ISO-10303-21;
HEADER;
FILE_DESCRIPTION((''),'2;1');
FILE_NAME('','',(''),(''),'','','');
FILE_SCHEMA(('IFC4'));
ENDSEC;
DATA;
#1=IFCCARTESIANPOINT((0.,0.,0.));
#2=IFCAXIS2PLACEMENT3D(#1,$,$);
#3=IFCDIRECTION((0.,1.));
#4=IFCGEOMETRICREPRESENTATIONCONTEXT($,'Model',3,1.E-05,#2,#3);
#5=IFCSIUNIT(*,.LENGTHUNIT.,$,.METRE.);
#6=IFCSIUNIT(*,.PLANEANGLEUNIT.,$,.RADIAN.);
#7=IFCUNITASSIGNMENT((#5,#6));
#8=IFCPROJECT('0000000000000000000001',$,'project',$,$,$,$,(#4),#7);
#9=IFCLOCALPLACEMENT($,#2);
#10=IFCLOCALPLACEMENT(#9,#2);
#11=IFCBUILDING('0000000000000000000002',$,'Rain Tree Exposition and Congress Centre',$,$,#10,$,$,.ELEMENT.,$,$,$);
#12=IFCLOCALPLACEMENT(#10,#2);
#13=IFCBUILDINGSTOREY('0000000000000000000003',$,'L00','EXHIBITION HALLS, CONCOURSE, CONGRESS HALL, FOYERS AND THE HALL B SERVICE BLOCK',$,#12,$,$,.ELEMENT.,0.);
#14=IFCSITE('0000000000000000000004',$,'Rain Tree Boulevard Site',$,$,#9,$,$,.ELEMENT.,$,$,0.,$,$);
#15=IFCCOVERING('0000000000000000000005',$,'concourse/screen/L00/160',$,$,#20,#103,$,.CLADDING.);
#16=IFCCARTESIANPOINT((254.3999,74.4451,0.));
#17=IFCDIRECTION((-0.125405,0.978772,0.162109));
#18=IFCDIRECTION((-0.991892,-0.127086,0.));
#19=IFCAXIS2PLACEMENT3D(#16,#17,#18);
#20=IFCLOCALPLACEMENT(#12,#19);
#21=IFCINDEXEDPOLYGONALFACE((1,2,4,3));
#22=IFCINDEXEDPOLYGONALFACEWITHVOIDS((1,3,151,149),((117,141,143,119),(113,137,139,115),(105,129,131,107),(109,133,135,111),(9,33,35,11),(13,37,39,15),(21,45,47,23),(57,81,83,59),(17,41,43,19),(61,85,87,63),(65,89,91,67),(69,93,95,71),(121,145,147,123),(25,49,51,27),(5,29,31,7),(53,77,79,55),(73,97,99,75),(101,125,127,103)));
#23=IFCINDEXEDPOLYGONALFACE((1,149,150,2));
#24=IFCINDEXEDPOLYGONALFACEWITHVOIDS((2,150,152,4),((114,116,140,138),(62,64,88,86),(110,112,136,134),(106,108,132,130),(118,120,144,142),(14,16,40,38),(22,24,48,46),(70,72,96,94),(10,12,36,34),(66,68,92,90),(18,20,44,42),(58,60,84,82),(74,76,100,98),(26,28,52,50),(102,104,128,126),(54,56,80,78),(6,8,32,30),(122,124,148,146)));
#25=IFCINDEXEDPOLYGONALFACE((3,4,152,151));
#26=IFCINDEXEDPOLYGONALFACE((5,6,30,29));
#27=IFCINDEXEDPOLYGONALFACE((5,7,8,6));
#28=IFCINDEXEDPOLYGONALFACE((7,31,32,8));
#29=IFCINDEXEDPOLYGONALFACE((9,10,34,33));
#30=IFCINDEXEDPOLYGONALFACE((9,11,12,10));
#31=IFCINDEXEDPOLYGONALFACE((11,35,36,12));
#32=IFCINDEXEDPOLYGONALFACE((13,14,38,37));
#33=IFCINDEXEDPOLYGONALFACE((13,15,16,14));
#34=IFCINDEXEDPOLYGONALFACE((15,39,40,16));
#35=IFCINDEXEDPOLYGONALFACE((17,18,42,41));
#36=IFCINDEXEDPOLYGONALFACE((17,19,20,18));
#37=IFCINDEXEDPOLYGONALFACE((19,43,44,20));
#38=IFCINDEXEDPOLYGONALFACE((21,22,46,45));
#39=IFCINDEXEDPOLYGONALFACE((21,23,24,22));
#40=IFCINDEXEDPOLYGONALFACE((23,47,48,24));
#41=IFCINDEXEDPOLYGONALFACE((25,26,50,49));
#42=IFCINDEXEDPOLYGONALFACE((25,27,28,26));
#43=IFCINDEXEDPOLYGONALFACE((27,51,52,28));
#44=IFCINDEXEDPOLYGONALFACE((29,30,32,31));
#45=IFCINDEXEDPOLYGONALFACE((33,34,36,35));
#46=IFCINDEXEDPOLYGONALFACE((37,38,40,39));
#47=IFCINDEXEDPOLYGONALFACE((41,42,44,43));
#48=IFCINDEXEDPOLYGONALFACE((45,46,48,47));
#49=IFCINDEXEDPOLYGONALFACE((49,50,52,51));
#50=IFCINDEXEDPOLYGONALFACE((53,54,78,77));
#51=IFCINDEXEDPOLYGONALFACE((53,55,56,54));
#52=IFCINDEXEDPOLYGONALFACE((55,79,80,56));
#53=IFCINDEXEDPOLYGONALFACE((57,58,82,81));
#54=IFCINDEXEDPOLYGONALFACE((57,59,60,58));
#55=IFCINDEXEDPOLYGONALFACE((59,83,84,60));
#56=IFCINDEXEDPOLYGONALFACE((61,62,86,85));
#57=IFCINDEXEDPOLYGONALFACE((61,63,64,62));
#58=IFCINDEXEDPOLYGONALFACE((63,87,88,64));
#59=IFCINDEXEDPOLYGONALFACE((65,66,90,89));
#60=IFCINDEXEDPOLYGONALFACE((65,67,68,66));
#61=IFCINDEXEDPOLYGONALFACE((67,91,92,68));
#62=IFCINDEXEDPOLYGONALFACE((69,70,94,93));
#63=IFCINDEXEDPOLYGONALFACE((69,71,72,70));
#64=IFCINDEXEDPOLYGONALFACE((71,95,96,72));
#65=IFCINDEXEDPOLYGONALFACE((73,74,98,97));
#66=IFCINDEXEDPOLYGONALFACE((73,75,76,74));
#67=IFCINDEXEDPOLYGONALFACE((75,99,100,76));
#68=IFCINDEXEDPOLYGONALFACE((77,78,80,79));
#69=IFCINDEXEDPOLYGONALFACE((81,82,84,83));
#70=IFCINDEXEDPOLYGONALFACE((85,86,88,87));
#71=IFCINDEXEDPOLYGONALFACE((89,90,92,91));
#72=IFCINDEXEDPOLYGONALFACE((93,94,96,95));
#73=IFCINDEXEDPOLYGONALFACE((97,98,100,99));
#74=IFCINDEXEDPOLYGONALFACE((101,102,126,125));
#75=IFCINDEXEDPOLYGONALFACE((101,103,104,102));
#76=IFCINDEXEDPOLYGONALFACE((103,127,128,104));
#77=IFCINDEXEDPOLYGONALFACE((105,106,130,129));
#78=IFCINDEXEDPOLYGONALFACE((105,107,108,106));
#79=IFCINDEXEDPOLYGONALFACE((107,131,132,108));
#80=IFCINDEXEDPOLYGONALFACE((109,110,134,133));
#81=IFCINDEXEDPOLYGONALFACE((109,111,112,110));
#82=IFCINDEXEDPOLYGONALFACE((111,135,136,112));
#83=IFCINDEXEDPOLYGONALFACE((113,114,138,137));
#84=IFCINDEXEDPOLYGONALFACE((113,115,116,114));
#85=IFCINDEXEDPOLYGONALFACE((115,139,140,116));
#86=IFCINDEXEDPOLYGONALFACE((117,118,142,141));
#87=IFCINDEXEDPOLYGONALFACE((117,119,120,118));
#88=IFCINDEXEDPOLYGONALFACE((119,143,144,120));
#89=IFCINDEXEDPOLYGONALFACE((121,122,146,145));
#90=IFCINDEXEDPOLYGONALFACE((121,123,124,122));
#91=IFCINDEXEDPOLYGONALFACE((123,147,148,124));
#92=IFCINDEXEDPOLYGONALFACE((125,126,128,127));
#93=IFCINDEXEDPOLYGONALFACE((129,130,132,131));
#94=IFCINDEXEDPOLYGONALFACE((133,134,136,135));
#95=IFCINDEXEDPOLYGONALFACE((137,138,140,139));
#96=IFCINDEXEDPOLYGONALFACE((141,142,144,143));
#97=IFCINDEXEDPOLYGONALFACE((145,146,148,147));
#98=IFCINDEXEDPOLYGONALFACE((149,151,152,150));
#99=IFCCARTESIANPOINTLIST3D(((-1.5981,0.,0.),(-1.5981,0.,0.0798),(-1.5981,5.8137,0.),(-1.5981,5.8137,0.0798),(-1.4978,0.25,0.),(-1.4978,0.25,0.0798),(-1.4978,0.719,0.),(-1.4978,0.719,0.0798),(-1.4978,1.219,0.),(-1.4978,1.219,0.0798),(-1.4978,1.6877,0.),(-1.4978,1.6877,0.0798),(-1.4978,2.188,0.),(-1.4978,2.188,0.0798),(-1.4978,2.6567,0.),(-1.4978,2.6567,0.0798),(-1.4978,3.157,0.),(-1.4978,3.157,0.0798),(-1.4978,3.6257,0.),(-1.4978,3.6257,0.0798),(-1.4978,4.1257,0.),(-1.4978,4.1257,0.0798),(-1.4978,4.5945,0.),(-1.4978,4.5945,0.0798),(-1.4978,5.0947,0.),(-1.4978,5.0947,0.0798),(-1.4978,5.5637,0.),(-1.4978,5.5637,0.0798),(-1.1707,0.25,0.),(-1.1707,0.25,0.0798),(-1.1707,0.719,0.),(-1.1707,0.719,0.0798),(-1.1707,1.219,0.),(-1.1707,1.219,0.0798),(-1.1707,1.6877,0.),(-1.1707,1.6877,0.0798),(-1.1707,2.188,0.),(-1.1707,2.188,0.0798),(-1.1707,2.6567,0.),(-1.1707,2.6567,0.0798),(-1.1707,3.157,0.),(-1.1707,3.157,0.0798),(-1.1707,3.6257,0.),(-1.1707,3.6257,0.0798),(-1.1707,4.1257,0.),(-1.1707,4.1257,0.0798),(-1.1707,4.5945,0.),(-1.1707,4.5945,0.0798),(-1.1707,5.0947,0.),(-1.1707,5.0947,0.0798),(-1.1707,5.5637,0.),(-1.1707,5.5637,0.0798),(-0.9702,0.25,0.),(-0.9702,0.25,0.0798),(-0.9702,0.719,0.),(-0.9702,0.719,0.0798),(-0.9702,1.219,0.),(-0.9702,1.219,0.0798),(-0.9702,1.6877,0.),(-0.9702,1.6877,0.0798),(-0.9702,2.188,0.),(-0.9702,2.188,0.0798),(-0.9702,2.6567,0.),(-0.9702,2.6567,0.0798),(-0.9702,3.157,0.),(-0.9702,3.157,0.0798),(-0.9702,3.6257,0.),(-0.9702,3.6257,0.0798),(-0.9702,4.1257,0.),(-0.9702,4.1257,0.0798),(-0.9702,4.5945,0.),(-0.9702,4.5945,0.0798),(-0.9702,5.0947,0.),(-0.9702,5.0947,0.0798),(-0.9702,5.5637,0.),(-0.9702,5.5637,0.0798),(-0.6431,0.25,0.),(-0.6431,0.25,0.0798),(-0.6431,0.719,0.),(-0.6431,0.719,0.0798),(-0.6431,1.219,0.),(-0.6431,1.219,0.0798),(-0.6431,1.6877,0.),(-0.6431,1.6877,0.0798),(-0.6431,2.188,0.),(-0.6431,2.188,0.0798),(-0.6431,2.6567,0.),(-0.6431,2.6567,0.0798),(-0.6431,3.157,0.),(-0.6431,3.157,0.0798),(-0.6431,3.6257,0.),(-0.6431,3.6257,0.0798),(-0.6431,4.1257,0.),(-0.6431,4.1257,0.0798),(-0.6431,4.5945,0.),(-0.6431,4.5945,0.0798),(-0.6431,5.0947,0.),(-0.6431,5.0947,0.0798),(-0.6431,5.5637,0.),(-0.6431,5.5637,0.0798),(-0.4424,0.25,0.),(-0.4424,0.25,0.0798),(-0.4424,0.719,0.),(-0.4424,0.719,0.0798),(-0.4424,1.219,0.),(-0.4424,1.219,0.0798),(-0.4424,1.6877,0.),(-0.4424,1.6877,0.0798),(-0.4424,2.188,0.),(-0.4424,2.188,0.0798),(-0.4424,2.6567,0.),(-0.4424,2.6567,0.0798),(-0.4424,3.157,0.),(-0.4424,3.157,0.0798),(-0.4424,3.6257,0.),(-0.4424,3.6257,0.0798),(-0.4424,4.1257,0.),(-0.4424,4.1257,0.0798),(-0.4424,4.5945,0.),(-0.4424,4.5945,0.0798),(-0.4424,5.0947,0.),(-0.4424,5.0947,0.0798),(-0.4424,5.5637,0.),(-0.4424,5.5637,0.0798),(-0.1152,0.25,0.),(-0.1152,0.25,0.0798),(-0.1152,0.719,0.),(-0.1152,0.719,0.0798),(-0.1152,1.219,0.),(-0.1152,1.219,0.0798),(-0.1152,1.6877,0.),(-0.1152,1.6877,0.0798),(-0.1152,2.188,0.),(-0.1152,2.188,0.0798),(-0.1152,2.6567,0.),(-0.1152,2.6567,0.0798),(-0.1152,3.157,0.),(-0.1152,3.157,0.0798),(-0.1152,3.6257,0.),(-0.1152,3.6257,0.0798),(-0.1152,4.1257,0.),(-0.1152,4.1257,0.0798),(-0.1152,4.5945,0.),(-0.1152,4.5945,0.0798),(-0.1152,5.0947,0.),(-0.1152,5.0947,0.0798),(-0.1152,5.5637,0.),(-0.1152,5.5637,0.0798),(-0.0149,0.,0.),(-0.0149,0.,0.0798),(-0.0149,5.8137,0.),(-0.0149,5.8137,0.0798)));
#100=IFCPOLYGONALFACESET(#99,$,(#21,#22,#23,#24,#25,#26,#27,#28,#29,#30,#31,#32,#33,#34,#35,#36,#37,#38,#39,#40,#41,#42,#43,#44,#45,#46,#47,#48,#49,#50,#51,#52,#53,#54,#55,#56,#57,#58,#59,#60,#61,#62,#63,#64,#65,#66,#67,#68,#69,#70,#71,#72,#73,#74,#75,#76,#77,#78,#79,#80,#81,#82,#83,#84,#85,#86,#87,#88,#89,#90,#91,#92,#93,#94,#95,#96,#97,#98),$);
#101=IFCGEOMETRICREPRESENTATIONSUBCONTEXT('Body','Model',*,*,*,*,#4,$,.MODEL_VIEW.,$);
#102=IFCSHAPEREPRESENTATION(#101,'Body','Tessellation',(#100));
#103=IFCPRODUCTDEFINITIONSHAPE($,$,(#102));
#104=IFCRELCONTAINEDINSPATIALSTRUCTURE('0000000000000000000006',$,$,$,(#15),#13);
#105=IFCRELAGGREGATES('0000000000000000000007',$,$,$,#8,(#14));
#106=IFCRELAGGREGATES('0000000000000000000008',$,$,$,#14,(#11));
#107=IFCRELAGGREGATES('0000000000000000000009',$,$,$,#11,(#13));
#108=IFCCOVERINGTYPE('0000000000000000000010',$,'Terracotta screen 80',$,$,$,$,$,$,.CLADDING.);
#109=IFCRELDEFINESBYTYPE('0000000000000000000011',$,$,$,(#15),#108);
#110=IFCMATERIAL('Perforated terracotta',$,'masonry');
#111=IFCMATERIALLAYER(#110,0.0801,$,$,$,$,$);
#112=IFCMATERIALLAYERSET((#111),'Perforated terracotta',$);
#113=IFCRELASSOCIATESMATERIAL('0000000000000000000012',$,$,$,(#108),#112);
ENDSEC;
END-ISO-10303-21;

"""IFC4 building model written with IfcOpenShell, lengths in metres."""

from ifc_helpers import new_model, si_unit, direction, frame, origin, place, context, subcontext, project, spatial, polyline, outline, extrude, material, layer, layer_set, type_object, element, save


model = new_model("IFC4")

# Units and contexts
model_context = context("Model", 3, precision=1e-05, world=origin(), true_north=direction((0.0, 1.0)))
body_context = subcontext(model_context, "Body", "Model", "MODEL_VIEW")
ifc_project = project(units=[si_unit("LENGTHUNIT", "METRE"), si_unit("PLANEANGLEUNIT", "RADIAN")], contexts=[model_context])

# Site, building, storey
site_placement = place(None, origin())
site = spatial("IfcSite", under=ifc_project, at=site_placement, Name="Rain Tree Boulevard Site", CompositionType="ELEMENT", RefElevation=0.0)
building_placement = place(site_placement, origin())
building = spatial("IfcBuilding", under=site, at=building_placement, Name="Rain Tree Exposition and Congress Centre", CompositionType="ELEMENT")
storey_placement = place(building_placement, origin())
storey = spatial("IfcBuildingStorey", under=building, at=storey_placement, Name="L00", Description="EXHIBITION HALLS, CONCOURSE, CONGRESS HALL, FOYERS AND THE HALL B SERVICE BLOCK", CompositionType="ELEMENT", Elevation=0.0)

# Covering
ifc_material_1 = material(Name="Perforated terracotta", Category="masonry")
ifc_layer_1 = layer(ifc_material_1, 0.0801)
ifc_layer_set_1 = layer_set([ifc_layer_1], Name="Perforated terracotta")
covering_type = type_object("IfcCoveringType", Name="Terracotta screen 80", PredefinedType="CLADDING", material=ifc_layer_set_1)
covering_1_placement = place(storey_placement, frame((254.3999, 74.4451, 0.0), z_axis=(-0.125405, 0.978772, 0.162109), x_axis=(-0.991892, -0.127086, 0.0)))
element("IfcCovering", 1, at=covering_1_placement, inside=storey, type_object=covering_type, Name="concourse/screen/L00/160", PredefinedType="CLADDING", context=body_context, shape_type="SweptSolid", body=[
    extrude(outline(polyline([(-0.0149, 0.0), (-1.5981, 0.0), (-1.5981, 5.8137), (-0.0149, 5.8137), (-0.0149, 0.0)]), holes=[polyline([(-0.1152, 0.25), (-0.1152, 0.719), (-0.4424, 0.719), (-0.4424, 0.25), (-0.1152, 0.25)]), polyline([(-0.1152, 1.219), (-0.1152, 1.6877), (-0.4424, 1.6877), (-0.4424, 1.219), (-0.1152, 1.219)]), polyline([(-0.1152, 2.188), (-0.1152, 2.6567), (-0.4424, 2.6567), (-0.4424, 2.188), (-0.1152, 2.188)]), polyline([(-0.1152, 3.157), (-0.1152, 3.6257), (-0.4424, 3.6257), (-0.4424, 3.157), (-0.1152, 3.157)]), polyline([(-0.1152, 4.1257), (-0.1152, 4.5945), (-0.4424, 4.5945), (-0.4424, 4.1257), (-0.1152, 4.1257)]), polyline([(-0.1152, 5.0947), (-0.1152, 5.5637), (-0.4424, 5.5637), (-0.4424, 5.0947), (-0.1152, 5.0947)]), polyline([(-0.6431, 0.25), (-0.6431, 0.719), (-0.9702, 0.719), (-0.9702, 0.25), (-0.6431, 0.25)]), polyline([(-0.6431, 1.219), (-0.6431, 1.6877), (-0.9702, 1.6877), (-0.9702, 1.219), (-0.6431, 1.219)]), polyline([(-0.6431, 2.188), (-0.6431, 2.6567), (-0.9702, 2.6567), (-0.9702, 2.188), (-0.6431, 2.188)]), polyline([(-0.6431, 3.157), (-0.6431, 3.6257), (-0.9702, 3.6257), (-0.9702, 3.157), (-0.6431, 3.157)]), polyline([(-0.6431, 4.1257), (-0.6431, 4.5945), (-0.9702, 4.5945), (-0.9702, 4.1257), (-0.6431, 4.1257)]), polyline([(-0.6431, 5.0947), (-0.6431, 5.5637), (-0.9702, 5.5637), (-0.9702, 5.0947), (-0.6431, 5.0947)]), polyline([(-1.1707, 0.25), (-1.1707, 0.719), (-1.4978, 0.719), (-1.4978, 0.25), (-1.1707, 0.25)]), polyline([(-1.1707, 1.219), (-1.1707, 1.6877), (-1.4978, 1.6877), (-1.4978, 1.219), (-1.1707, 1.219)]), polyline([(-1.1707, 2.188), (-1.1707, 2.6567), (-1.4978, 2.6567), (-1.4978, 2.188), (-1.1707, 2.188)]), polyline([(-1.1707, 3.157), (-1.1707, 3.6257), (-1.4978, 3.6257), (-1.4978, 3.157), (-1.1707, 3.157)]), polyline([(-1.1707, 4.1257), (-1.1707, 4.5945), (-1.4978, 4.5945), (-1.4978, 4.1257), (-1.1707, 4.1257)]), polyline([(-1.1707, 5.0947), (-1.1707, 5.5637), (-1.4978, 5.5637), (-1.4978, 5.0947), (-1.1707, 5.0947)])]), origin(), (0.0, 0.0, 1.0), 0.0798),
])

save(model, "model.ifc")
